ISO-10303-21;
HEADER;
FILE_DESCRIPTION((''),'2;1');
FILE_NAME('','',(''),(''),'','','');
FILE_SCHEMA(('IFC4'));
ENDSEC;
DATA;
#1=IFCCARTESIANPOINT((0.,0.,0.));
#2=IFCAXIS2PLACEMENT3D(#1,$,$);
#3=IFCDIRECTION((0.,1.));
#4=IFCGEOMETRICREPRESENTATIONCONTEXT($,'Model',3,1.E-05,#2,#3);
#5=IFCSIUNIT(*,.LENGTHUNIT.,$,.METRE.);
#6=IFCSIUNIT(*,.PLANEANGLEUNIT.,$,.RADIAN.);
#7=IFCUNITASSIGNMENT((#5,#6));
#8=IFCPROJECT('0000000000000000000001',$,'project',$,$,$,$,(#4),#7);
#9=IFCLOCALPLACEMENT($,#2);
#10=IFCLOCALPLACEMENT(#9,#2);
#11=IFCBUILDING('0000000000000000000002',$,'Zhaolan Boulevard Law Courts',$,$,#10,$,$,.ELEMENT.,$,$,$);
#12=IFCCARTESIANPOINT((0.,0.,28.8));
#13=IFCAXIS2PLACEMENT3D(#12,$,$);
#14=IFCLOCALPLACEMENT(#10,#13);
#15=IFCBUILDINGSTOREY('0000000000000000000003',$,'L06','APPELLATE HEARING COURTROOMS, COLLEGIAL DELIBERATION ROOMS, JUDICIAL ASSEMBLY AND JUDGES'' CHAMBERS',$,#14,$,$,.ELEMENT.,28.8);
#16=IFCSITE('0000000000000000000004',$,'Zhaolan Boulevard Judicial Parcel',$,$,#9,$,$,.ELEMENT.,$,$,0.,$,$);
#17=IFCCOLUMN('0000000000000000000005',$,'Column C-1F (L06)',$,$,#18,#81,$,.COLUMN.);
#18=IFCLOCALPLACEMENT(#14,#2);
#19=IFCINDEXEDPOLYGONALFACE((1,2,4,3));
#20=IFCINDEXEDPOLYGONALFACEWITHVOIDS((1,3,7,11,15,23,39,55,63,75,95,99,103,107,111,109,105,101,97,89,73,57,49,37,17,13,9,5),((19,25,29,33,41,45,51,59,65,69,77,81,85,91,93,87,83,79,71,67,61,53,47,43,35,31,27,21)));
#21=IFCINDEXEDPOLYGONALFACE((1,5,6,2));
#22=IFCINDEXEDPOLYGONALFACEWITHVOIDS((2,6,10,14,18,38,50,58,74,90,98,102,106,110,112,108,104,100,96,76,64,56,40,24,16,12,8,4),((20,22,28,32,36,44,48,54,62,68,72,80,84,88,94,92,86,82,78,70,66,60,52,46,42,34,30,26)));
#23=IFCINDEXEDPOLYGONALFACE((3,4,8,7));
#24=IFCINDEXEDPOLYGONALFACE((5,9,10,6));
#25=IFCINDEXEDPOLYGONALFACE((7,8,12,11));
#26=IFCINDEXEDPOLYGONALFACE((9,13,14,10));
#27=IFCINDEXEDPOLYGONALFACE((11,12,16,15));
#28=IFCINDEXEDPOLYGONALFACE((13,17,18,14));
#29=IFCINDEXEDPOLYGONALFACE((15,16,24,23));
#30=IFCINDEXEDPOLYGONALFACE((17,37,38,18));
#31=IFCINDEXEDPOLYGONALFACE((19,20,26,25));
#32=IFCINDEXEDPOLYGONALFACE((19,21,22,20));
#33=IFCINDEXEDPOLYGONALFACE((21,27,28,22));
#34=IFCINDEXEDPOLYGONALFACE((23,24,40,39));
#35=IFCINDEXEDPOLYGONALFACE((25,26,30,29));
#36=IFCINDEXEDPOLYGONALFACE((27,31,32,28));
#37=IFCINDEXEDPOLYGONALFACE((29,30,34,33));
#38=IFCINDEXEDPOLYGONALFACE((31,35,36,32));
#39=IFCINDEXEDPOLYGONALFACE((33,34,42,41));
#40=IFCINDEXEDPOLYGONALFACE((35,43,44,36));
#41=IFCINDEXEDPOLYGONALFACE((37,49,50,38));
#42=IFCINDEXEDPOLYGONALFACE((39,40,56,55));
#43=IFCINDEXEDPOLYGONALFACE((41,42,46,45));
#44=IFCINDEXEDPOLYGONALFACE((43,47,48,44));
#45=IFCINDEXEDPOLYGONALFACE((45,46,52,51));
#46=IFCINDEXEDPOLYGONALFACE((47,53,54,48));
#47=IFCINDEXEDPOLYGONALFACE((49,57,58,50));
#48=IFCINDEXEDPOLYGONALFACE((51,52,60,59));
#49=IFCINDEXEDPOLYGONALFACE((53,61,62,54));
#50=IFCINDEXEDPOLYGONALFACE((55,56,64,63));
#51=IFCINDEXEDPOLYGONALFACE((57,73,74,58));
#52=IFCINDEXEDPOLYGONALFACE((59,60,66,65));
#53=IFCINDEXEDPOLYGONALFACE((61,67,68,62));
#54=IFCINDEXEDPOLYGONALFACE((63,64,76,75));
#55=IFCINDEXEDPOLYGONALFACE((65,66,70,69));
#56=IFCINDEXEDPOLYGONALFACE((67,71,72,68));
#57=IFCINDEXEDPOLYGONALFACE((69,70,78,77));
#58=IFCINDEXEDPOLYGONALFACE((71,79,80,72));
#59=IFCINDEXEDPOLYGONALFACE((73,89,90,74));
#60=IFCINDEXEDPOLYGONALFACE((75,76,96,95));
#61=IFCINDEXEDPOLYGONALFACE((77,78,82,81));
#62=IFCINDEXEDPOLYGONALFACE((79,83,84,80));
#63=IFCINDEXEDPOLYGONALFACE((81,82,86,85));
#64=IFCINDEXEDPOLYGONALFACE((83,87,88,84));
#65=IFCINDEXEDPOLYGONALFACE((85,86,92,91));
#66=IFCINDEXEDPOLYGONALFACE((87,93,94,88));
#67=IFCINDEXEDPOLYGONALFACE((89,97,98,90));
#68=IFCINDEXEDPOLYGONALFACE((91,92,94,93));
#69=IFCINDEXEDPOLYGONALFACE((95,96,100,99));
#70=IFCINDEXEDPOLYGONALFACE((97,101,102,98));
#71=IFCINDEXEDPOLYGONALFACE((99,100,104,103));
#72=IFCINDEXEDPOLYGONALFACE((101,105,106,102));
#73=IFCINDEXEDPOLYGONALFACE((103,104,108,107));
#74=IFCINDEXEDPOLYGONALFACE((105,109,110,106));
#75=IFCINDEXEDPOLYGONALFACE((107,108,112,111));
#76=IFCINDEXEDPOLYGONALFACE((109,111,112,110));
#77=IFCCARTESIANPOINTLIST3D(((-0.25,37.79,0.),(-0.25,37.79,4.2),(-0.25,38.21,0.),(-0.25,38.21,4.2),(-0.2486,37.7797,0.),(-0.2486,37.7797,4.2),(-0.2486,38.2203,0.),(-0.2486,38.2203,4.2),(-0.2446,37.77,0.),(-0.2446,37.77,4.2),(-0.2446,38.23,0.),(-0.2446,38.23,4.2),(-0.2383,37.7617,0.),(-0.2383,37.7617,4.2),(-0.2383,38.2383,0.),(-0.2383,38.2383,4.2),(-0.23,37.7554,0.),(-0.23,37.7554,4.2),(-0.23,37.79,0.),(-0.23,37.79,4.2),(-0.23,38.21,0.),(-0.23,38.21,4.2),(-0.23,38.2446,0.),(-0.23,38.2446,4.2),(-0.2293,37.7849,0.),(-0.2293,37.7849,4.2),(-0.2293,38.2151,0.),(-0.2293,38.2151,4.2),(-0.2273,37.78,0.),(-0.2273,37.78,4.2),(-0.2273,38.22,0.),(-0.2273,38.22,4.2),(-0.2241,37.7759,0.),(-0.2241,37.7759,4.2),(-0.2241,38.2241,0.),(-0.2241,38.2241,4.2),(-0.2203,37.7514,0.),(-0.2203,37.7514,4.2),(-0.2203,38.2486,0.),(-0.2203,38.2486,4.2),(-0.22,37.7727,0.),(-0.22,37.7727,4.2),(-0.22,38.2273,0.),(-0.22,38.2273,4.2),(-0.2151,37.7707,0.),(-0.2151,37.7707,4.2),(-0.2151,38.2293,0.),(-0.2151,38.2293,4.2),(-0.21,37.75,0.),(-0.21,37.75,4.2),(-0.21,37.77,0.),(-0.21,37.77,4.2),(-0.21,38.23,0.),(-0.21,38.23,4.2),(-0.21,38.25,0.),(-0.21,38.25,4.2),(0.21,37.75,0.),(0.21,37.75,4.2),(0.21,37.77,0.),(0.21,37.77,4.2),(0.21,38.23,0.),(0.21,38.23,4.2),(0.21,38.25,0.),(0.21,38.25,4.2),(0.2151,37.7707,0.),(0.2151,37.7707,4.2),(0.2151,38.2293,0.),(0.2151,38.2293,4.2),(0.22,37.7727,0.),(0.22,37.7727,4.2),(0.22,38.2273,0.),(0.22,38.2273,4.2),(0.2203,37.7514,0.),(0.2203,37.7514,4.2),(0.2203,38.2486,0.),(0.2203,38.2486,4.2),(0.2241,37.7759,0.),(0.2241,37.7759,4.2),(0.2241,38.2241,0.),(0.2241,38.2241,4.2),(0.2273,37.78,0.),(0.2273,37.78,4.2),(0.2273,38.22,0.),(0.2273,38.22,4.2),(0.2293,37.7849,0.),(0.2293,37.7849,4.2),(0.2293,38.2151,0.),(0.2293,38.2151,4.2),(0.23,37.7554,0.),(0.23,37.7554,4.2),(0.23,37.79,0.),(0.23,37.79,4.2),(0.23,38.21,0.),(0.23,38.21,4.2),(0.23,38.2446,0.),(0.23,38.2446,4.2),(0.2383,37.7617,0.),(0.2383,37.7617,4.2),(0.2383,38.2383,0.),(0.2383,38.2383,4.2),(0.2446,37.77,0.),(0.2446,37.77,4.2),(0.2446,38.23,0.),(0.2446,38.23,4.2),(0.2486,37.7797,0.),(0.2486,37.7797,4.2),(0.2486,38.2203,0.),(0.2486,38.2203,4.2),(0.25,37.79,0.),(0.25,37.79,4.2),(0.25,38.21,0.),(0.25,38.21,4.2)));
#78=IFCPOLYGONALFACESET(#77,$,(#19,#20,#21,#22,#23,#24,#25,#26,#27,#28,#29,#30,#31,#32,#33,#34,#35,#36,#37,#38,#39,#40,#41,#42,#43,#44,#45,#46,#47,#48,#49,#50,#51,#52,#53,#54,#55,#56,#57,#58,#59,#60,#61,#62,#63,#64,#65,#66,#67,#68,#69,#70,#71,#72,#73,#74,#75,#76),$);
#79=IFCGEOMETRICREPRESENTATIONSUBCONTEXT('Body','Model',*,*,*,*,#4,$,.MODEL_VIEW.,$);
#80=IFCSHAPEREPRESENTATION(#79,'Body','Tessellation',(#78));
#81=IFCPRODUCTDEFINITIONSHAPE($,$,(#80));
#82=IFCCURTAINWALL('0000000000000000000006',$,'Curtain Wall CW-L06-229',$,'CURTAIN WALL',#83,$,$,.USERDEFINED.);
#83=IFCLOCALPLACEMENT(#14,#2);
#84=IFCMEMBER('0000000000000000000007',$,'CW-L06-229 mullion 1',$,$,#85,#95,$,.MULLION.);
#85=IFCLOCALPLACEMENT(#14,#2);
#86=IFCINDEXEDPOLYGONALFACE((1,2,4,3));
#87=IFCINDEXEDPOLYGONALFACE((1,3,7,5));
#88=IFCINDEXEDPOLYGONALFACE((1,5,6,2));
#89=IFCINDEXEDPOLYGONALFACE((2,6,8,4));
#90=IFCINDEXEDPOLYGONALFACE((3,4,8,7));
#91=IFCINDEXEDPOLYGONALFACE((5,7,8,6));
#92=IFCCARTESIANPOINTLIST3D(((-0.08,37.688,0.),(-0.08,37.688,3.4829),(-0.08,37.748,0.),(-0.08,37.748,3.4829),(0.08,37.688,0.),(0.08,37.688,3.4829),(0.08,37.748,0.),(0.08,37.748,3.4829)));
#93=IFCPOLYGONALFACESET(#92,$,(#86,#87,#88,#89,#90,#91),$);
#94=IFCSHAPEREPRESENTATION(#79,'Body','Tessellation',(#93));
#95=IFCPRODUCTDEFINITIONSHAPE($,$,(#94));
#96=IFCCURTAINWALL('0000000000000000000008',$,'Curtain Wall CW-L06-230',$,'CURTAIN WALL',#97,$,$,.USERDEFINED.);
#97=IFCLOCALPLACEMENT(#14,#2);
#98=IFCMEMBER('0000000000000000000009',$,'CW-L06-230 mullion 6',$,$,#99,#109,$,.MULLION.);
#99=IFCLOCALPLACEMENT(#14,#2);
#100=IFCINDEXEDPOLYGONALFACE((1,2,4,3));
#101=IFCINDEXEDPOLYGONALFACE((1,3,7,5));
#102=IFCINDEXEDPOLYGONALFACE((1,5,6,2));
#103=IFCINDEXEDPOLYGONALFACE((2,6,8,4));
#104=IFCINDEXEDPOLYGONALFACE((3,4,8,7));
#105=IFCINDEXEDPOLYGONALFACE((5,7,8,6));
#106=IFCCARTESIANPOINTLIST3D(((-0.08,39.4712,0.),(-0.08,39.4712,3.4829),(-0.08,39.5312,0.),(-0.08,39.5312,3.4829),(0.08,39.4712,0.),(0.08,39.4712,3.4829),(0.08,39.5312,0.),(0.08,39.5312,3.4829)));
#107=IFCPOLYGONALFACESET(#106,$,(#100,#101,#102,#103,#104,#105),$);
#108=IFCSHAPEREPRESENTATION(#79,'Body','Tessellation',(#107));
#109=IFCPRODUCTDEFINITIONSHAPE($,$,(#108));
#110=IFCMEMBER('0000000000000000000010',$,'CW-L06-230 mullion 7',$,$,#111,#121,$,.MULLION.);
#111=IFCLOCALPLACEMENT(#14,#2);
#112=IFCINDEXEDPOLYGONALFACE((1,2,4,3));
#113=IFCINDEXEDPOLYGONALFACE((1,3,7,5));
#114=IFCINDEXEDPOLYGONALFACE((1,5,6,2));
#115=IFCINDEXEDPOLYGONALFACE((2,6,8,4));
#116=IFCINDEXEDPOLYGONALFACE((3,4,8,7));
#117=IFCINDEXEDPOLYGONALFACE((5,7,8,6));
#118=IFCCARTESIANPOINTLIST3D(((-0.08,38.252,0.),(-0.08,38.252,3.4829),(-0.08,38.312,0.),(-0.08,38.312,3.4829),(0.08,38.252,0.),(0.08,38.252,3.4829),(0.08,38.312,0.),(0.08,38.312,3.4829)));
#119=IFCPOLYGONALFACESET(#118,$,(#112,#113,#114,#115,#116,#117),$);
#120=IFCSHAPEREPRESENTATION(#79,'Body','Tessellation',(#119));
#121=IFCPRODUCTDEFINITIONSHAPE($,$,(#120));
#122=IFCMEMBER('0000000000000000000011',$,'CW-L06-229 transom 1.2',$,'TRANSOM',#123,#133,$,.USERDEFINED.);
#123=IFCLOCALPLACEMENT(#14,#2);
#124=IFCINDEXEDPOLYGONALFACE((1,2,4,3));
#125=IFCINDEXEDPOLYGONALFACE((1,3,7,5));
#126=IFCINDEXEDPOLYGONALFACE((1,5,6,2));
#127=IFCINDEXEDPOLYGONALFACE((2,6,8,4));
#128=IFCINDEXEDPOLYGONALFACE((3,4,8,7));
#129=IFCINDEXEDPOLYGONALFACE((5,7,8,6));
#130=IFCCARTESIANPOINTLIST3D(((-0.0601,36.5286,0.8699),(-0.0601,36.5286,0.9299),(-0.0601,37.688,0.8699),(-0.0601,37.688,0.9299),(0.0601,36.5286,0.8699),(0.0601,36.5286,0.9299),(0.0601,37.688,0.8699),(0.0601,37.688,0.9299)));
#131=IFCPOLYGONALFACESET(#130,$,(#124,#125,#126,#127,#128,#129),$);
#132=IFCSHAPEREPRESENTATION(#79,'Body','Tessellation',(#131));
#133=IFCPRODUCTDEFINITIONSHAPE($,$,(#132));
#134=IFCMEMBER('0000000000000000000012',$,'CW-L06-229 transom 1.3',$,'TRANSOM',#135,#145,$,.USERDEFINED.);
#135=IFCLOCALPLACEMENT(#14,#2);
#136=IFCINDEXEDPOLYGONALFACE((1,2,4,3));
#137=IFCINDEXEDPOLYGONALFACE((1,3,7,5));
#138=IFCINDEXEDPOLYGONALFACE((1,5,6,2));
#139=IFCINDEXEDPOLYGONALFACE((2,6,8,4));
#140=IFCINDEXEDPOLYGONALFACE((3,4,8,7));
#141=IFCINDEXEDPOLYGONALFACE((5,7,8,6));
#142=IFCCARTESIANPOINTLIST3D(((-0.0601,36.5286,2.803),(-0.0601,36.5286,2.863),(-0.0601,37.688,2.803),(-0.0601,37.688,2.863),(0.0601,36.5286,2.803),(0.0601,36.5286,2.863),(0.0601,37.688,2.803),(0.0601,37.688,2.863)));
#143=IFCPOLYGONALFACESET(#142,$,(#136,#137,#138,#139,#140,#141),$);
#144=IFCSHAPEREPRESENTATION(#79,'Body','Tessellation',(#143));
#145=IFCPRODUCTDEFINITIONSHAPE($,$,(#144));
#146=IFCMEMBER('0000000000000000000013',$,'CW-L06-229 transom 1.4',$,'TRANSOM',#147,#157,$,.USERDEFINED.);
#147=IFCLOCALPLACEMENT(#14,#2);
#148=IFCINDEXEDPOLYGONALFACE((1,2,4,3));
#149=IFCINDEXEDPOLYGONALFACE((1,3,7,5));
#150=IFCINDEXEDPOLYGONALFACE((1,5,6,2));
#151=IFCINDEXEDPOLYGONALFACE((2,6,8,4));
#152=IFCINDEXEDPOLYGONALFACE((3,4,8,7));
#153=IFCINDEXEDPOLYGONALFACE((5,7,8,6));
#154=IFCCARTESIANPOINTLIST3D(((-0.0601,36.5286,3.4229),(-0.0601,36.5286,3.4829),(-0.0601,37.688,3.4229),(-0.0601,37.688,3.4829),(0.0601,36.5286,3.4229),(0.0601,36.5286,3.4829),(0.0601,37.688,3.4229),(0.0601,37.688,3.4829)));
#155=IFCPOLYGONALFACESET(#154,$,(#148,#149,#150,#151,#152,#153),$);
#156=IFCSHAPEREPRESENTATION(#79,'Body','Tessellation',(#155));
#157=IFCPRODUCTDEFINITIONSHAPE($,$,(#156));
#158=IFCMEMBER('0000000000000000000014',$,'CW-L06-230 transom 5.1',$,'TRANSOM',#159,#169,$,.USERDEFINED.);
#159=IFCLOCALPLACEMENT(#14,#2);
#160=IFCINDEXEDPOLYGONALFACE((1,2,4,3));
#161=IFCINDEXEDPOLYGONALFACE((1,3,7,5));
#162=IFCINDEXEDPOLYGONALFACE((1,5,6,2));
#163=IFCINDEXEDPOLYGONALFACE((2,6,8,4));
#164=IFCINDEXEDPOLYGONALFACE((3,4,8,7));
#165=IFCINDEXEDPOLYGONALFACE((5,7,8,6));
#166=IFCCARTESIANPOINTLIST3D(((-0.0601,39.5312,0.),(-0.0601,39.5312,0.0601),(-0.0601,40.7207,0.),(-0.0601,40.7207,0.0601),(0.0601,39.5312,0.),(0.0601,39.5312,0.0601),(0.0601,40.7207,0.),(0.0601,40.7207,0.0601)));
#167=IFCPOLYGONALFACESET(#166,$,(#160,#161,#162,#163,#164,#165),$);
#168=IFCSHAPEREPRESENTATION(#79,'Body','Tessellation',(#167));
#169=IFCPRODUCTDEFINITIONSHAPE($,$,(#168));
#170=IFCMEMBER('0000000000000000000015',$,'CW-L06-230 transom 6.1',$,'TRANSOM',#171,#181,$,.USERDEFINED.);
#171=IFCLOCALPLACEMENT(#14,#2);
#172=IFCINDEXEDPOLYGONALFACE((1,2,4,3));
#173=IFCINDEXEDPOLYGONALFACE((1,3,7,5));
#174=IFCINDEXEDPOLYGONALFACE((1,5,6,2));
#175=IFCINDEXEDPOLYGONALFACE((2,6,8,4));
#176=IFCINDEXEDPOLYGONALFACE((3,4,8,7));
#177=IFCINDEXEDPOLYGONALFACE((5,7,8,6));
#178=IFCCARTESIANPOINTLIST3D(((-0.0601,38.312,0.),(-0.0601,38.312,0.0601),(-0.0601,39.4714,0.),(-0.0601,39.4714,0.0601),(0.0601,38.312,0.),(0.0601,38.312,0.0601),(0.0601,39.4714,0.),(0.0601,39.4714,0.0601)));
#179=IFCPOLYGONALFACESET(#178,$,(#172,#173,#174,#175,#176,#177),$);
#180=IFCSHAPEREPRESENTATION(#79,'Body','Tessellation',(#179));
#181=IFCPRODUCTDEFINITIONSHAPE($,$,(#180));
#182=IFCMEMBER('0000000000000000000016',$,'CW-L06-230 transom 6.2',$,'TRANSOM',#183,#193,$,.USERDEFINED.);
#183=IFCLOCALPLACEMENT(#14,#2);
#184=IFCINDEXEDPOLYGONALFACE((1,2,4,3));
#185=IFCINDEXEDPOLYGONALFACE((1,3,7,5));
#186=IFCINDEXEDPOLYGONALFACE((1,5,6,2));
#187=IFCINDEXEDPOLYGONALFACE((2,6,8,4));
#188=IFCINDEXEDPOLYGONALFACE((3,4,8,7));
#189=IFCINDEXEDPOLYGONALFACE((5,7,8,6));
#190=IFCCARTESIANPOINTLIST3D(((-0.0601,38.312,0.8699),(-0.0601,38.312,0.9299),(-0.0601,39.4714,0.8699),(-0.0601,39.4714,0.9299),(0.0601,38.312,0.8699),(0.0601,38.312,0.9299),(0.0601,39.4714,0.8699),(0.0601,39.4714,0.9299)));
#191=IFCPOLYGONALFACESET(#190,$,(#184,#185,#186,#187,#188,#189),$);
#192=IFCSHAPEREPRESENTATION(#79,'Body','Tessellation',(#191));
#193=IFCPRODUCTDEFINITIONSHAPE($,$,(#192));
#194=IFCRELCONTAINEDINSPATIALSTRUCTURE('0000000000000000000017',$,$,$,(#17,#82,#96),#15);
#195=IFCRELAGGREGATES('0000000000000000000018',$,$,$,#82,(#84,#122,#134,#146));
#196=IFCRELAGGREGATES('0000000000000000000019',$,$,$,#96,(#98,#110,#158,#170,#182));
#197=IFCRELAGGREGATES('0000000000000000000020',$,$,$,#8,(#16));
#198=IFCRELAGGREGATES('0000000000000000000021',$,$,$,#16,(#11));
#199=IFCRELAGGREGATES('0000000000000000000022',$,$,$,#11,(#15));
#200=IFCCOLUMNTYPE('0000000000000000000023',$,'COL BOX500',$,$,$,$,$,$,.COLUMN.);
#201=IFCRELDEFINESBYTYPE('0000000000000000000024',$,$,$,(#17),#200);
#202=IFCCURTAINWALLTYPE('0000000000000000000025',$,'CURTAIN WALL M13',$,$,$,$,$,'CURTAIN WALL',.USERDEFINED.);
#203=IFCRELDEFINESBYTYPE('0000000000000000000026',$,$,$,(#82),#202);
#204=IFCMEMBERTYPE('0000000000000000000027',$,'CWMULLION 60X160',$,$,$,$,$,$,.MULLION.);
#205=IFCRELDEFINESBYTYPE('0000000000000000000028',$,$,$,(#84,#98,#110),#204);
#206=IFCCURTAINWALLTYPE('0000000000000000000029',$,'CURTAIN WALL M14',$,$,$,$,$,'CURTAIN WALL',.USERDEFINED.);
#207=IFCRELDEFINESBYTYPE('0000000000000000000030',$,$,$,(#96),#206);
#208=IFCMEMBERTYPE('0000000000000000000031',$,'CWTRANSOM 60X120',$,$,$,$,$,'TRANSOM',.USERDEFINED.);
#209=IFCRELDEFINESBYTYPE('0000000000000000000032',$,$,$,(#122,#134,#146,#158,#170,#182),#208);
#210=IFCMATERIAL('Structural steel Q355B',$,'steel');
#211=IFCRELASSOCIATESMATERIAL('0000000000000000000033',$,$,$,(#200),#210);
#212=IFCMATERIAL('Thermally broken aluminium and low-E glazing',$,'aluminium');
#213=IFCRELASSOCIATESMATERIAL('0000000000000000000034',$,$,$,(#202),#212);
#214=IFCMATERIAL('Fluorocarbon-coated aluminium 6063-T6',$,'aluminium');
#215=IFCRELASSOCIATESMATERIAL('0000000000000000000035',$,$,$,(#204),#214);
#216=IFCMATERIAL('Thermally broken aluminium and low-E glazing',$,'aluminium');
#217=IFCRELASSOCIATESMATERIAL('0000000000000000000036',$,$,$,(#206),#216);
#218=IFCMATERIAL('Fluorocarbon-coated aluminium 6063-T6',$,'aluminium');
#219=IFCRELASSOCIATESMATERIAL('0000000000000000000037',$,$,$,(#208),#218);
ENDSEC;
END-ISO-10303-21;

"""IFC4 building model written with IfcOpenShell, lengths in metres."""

from ifc_helpers import new_model, si_unit, direction, frame, origin, origin_2d, place, context, subcontext, project, spatial, rectangle, hollow_rectangle, extrude, material, material_profile, profile_set, type_object, element, aggregate, save


model = new_model("IFC4")

# Units and contexts
model_context = context("Model", 3, precision=1e-05, world=origin(), true_north=direction((0.0, 1.0)))
body_context = subcontext(model_context, "Body", "Model", "MODEL_VIEW")
ifc_project = project(units=[si_unit("LENGTHUNIT", "METRE"), si_unit("PLANEANGLEUNIT", "RADIAN")], contexts=[model_context])

# Site, building, storey
site_placement = place(None, origin())
site = spatial("IfcSite", under=ifc_project, at=site_placement, Name="Zhaolan Boulevard Judicial Parcel", CompositionType="ELEMENT", RefElevation=0.0)
building_placement = place(site_placement, origin())
building = spatial("IfcBuilding", under=site, at=building_placement, Name="Zhaolan Boulevard Law Courts", CompositionType="ELEMENT")
storey_placement = place(building_placement, frame((0.0, 0.0, 28.8)))
storey = spatial("IfcBuildingStorey", under=building, at=storey_placement, Name="L06", Description="APPELLATE HEARING COURTROOMS, COLLEGIAL DELIBERATION ROOMS, JUDICIAL ASSEMBLY AND JUDGES' CHAMBERS", CompositionType="ELEMENT", Elevation=28.8)

# Column
ifc_material_1 = material(Name="Structural steel Q355B", Category="steel")
ifc_material_profile_1 = material_profile(ifc_material_1, hollow_rectangle(XDim=0.5, YDim=0.5, WallThickness=0.02, InnerFilletRadius=0.02, OuterFilletRadius=0.04, at=origin_2d()), Name="BOX500x500x20")
ifc_profile_set_1 = profile_set([ifc_material_profile_1], Name="Structural steel Q355B")
column_type = type_object("IfcColumnType", Name="COL BOX500", PredefinedType="COLUMN", material=ifc_profile_set_1)
column_placement = place(storey_placement, frame((0.0, 38.0, 0.0), z_axis=(0.0, 0.0, 1.0), x_axis=(1.0, 0.0, 0.0)))
element("IfcColumn", 1, at=column_placement, inside=storey, type_object=column_type, Name="Column C-1F (L06)", PredefinedType="COLUMN", context=body_context, shape_type="SweptSolid", body=[
    extrude(hollow_rectangle(XDim=0.5, YDim=0.5, WallThickness=0.02, InnerFilletRadius=0.02, OuterFilletRadius=0.04, at=origin_2d()), origin(), (0.0, 0.0, 1.0), 4.2),
])

# Curtain wall, member
ifc_material_2 = material(Name="Thermally broken aluminium and low-E glazing", Category="aluminium")
curtain_wall_type_1 = type_object("IfcCurtainWallType", Name="CURTAIN WALL M13", ElementType="CURTAIN WALL", PredefinedType="USERDEFINED", material=ifc_material_2)
curtain_wall_1_placement = place(storey_placement, origin())
curtain_wall_1 = element("IfcCurtainWall", 2, at=curtain_wall_1_placement, inside=storey, type_object=curtain_wall_type_1, Name="Curtain Wall CW-L06-229", ObjectType="CURTAIN WALL", PredefinedType="USERDEFINED")
ifc_material_3 = material(Name="Fluorocarbon-coated aluminium 6063-T6", Category="aluminium")
ifc_material_profile_2 = material_profile(ifc_material_3, rectangle(XDim=0.1599, YDim=0.0601, at=origin_2d()), Name="AL60x160")
ifc_profile_set_2 = profile_set([ifc_material_profile_2], Name="Fluorocarbon-coated aluminium 6063-T6")
member_type_1 = type_object("IfcMemberType", Name="CWMULLION 60X160", PredefinedType="MULLION", material=ifc_profile_set_2)
member_1_placement = place(storey_placement, frame((0.0, 37.718, 0.0), z_axis=(0.0, 0.0, 1.0), x_axis=(1.0, 0.0, 0.0)))
member_1 = element("IfcMember", 3, at=member_1_placement, type_object=member_type_1, Name="CW-L06-229 mullion 1", PredefinedType="MULLION", context=body_context, shape_type="SweptSolid", body=[
    extrude(rectangle(XDim=0.1599, YDim=0.0601, at=origin_2d()), origin(), (0.0, 0.0, 1.0), 3.4829),
])

# Curtain wall, members
ifc_material_4 = material(Name="Thermally broken aluminium and low-E glazing", Category="aluminium")
curtain_wall_type_2 = type_object("IfcCurtainWallType", Name="CURTAIN WALL M14", ElementType="CURTAIN WALL", PredefinedType="USERDEFINED", material=ifc_material_4)
curtain_wall_2_placement = place(storey_placement, origin())
curtain_wall_2 = element("IfcCurtainWall", 4, at=curtain_wall_2_placement, inside=storey, type_object=curtain_wall_type_2, Name="Curtain Wall CW-L06-230", ObjectType="CURTAIN WALL", PredefinedType="USERDEFINED")
member_2_placement = place(storey_placement, frame((0.0, 39.5012, 0.0), z_axis=(0.0, 0.0, 1.0), x_axis=(1.0, 0.0, 0.0)))
member_2 = element("IfcMember", 5, at=member_2_placement, type_object=member_type_1, Name="CW-L06-230 mullion 6", PredefinedType="MULLION", context=body_context, shape_type="SweptSolid", body=[
    extrude(rectangle(XDim=0.1599, YDim=0.0601, at=origin_2d()), origin(), (0.0, 0.0, 1.0), 3.4829),
])
member_3_placement = place(storey_placement, frame((0.0, 38.282, 0.0), z_axis=(0.0, 0.0, 1.0), x_axis=(1.0, 0.0, 0.0)))
member_3 = element("IfcMember", 6, at=member_3_placement, type_object=member_type_1, Name="CW-L06-230 mullion 7", PredefinedType="MULLION", context=body_context, shape_type="SweptSolid", body=[
    extrude(rectangle(XDim=0.1599, YDim=0.0601, at=origin_2d()), origin(), (0.0, 0.0, 1.0), 3.4829),
])

# Members
ifc_material_5 = material(Name="Fluorocarbon-coated aluminium 6063-T6", Category="aluminium")
ifc_material_profile_3 = material_profile(ifc_material_5, rectangle(XDim=0.1201, YDim=0.0601, at=origin_2d()), Name="AL60x120")
ifc_profile_set_3 = profile_set([ifc_material_profile_3], Name="Fluorocarbon-coated aluminium 6063-T6")
member_type_2 = type_object("IfcMemberType", Name="CWTRANSOM 60X120", ElementType="TRANSOM", PredefinedType="USERDEFINED", material=ifc_profile_set_3)
member_4_placement = place(storey_placement, frame((0.0, 37.688, 0.8999), z_axis=(0.0, -1.0, 0.0), x_axis=(1.0, 0.0, 0.0)))
member_4 = element("IfcMember", 7, at=member_4_placement, type_object=member_type_2, Name="CW-L06-229 transom 1.2", ObjectType="TRANSOM", PredefinedType="USERDEFINED", context=body_context, shape_type="SweptSolid", body=[
    extrude(rectangle(XDim=0.1201, YDim=0.0601, at=origin_2d()), origin(), (0.0, 0.0, 1.0), 1.1594),
])
member_5_placement = place(storey_placement, frame((0.0, 37.688, 2.833), z_axis=(0.0, -1.0, 0.0), x_axis=(1.0, 0.0, 0.0)))
member_5 = element("IfcMember", 8, at=member_5_placement, type_object=member_type_2, Name="CW-L06-229 transom 1.3", ObjectType="TRANSOM", PredefinedType="USERDEFINED", context=body_context, shape_type="SweptSolid", body=[
    extrude(rectangle(XDim=0.1201, YDim=0.0601, at=origin_2d()), origin(), (0.0, 0.0, 1.0), 1.1594),
])
member_6_placement = place(storey_placement, frame((0.0, 37.688, 3.4529), z_axis=(0.0, -1.0, 0.0), x_axis=(1.0, 0.0, 0.0)))
member_6 = element("IfcMember", 9, at=member_6_placement, type_object=member_type_2, Name="CW-L06-229 transom 1.4", ObjectType="TRANSOM", PredefinedType="USERDEFINED", context=body_context, shape_type="SweptSolid", body=[
    extrude(rectangle(XDim=0.1201, YDim=0.0601, at=origin_2d()), origin(), (0.0, 0.0, 1.0), 1.1594),
])
aggregate(curtain_wall_1, [member_1, member_4, member_5, member_6])
member_7_placement = place(storey_placement, frame((0.0, 40.7207, 0.03), z_axis=(0.0, -1.0, 0.0), x_axis=(1.0, 0.0, 0.0)))
member_7 = element("IfcMember", 10, at=member_7_placement, type_object=member_type_2, Name="CW-L06-230 transom 5.1", ObjectType="TRANSOM", PredefinedType="USERDEFINED", context=body_context, shape_type="SweptSolid", body=[
    extrude(rectangle(XDim=0.1201, YDim=0.0601, at=origin_2d()), origin(), (0.0, 0.0, 1.0), 1.1895),
])
member_8_placement = place(storey_placement, frame((0.0, 39.4714, 0.03), z_axis=(0.0, -1.0, 0.0), x_axis=(1.0, 0.0, 0.0)))
member_8 = element("IfcMember", 11, at=member_8_placement, type_object=member_type_2, Name="CW-L06-230 transom 6.1", ObjectType="TRANSOM", PredefinedType="USERDEFINED", context=body_context, shape_type="SweptSolid", body=[
    extrude(rectangle(XDim=0.1201, YDim=0.0601, at=origin_2d()), origin(), (0.0, 0.0, 1.0), 1.1594),
])
member_9_placement = place(storey_placement, frame((0.0, 39.4714, 0.8999), z_axis=(0.0, -1.0, 0.0), x_axis=(1.0, 0.0, 0.0)))
member_9 = element("IfcMember", 12, at=member_9_placement, type_object=member_type_2, Name="CW-L06-230 transom 6.2", ObjectType="TRANSOM", PredefinedType="USERDEFINED", context=body_context, shape_type="SweptSolid", body=[
    extrude(rectangle(XDim=0.1201, YDim=0.0601, at=origin_2d()), origin(), (0.0, 0.0, 1.0), 1.1594),
])

aggregate(curtain_wall_2, [member_2, member_3, member_7, member_8, member_9])

save(model, "model.ifc")
